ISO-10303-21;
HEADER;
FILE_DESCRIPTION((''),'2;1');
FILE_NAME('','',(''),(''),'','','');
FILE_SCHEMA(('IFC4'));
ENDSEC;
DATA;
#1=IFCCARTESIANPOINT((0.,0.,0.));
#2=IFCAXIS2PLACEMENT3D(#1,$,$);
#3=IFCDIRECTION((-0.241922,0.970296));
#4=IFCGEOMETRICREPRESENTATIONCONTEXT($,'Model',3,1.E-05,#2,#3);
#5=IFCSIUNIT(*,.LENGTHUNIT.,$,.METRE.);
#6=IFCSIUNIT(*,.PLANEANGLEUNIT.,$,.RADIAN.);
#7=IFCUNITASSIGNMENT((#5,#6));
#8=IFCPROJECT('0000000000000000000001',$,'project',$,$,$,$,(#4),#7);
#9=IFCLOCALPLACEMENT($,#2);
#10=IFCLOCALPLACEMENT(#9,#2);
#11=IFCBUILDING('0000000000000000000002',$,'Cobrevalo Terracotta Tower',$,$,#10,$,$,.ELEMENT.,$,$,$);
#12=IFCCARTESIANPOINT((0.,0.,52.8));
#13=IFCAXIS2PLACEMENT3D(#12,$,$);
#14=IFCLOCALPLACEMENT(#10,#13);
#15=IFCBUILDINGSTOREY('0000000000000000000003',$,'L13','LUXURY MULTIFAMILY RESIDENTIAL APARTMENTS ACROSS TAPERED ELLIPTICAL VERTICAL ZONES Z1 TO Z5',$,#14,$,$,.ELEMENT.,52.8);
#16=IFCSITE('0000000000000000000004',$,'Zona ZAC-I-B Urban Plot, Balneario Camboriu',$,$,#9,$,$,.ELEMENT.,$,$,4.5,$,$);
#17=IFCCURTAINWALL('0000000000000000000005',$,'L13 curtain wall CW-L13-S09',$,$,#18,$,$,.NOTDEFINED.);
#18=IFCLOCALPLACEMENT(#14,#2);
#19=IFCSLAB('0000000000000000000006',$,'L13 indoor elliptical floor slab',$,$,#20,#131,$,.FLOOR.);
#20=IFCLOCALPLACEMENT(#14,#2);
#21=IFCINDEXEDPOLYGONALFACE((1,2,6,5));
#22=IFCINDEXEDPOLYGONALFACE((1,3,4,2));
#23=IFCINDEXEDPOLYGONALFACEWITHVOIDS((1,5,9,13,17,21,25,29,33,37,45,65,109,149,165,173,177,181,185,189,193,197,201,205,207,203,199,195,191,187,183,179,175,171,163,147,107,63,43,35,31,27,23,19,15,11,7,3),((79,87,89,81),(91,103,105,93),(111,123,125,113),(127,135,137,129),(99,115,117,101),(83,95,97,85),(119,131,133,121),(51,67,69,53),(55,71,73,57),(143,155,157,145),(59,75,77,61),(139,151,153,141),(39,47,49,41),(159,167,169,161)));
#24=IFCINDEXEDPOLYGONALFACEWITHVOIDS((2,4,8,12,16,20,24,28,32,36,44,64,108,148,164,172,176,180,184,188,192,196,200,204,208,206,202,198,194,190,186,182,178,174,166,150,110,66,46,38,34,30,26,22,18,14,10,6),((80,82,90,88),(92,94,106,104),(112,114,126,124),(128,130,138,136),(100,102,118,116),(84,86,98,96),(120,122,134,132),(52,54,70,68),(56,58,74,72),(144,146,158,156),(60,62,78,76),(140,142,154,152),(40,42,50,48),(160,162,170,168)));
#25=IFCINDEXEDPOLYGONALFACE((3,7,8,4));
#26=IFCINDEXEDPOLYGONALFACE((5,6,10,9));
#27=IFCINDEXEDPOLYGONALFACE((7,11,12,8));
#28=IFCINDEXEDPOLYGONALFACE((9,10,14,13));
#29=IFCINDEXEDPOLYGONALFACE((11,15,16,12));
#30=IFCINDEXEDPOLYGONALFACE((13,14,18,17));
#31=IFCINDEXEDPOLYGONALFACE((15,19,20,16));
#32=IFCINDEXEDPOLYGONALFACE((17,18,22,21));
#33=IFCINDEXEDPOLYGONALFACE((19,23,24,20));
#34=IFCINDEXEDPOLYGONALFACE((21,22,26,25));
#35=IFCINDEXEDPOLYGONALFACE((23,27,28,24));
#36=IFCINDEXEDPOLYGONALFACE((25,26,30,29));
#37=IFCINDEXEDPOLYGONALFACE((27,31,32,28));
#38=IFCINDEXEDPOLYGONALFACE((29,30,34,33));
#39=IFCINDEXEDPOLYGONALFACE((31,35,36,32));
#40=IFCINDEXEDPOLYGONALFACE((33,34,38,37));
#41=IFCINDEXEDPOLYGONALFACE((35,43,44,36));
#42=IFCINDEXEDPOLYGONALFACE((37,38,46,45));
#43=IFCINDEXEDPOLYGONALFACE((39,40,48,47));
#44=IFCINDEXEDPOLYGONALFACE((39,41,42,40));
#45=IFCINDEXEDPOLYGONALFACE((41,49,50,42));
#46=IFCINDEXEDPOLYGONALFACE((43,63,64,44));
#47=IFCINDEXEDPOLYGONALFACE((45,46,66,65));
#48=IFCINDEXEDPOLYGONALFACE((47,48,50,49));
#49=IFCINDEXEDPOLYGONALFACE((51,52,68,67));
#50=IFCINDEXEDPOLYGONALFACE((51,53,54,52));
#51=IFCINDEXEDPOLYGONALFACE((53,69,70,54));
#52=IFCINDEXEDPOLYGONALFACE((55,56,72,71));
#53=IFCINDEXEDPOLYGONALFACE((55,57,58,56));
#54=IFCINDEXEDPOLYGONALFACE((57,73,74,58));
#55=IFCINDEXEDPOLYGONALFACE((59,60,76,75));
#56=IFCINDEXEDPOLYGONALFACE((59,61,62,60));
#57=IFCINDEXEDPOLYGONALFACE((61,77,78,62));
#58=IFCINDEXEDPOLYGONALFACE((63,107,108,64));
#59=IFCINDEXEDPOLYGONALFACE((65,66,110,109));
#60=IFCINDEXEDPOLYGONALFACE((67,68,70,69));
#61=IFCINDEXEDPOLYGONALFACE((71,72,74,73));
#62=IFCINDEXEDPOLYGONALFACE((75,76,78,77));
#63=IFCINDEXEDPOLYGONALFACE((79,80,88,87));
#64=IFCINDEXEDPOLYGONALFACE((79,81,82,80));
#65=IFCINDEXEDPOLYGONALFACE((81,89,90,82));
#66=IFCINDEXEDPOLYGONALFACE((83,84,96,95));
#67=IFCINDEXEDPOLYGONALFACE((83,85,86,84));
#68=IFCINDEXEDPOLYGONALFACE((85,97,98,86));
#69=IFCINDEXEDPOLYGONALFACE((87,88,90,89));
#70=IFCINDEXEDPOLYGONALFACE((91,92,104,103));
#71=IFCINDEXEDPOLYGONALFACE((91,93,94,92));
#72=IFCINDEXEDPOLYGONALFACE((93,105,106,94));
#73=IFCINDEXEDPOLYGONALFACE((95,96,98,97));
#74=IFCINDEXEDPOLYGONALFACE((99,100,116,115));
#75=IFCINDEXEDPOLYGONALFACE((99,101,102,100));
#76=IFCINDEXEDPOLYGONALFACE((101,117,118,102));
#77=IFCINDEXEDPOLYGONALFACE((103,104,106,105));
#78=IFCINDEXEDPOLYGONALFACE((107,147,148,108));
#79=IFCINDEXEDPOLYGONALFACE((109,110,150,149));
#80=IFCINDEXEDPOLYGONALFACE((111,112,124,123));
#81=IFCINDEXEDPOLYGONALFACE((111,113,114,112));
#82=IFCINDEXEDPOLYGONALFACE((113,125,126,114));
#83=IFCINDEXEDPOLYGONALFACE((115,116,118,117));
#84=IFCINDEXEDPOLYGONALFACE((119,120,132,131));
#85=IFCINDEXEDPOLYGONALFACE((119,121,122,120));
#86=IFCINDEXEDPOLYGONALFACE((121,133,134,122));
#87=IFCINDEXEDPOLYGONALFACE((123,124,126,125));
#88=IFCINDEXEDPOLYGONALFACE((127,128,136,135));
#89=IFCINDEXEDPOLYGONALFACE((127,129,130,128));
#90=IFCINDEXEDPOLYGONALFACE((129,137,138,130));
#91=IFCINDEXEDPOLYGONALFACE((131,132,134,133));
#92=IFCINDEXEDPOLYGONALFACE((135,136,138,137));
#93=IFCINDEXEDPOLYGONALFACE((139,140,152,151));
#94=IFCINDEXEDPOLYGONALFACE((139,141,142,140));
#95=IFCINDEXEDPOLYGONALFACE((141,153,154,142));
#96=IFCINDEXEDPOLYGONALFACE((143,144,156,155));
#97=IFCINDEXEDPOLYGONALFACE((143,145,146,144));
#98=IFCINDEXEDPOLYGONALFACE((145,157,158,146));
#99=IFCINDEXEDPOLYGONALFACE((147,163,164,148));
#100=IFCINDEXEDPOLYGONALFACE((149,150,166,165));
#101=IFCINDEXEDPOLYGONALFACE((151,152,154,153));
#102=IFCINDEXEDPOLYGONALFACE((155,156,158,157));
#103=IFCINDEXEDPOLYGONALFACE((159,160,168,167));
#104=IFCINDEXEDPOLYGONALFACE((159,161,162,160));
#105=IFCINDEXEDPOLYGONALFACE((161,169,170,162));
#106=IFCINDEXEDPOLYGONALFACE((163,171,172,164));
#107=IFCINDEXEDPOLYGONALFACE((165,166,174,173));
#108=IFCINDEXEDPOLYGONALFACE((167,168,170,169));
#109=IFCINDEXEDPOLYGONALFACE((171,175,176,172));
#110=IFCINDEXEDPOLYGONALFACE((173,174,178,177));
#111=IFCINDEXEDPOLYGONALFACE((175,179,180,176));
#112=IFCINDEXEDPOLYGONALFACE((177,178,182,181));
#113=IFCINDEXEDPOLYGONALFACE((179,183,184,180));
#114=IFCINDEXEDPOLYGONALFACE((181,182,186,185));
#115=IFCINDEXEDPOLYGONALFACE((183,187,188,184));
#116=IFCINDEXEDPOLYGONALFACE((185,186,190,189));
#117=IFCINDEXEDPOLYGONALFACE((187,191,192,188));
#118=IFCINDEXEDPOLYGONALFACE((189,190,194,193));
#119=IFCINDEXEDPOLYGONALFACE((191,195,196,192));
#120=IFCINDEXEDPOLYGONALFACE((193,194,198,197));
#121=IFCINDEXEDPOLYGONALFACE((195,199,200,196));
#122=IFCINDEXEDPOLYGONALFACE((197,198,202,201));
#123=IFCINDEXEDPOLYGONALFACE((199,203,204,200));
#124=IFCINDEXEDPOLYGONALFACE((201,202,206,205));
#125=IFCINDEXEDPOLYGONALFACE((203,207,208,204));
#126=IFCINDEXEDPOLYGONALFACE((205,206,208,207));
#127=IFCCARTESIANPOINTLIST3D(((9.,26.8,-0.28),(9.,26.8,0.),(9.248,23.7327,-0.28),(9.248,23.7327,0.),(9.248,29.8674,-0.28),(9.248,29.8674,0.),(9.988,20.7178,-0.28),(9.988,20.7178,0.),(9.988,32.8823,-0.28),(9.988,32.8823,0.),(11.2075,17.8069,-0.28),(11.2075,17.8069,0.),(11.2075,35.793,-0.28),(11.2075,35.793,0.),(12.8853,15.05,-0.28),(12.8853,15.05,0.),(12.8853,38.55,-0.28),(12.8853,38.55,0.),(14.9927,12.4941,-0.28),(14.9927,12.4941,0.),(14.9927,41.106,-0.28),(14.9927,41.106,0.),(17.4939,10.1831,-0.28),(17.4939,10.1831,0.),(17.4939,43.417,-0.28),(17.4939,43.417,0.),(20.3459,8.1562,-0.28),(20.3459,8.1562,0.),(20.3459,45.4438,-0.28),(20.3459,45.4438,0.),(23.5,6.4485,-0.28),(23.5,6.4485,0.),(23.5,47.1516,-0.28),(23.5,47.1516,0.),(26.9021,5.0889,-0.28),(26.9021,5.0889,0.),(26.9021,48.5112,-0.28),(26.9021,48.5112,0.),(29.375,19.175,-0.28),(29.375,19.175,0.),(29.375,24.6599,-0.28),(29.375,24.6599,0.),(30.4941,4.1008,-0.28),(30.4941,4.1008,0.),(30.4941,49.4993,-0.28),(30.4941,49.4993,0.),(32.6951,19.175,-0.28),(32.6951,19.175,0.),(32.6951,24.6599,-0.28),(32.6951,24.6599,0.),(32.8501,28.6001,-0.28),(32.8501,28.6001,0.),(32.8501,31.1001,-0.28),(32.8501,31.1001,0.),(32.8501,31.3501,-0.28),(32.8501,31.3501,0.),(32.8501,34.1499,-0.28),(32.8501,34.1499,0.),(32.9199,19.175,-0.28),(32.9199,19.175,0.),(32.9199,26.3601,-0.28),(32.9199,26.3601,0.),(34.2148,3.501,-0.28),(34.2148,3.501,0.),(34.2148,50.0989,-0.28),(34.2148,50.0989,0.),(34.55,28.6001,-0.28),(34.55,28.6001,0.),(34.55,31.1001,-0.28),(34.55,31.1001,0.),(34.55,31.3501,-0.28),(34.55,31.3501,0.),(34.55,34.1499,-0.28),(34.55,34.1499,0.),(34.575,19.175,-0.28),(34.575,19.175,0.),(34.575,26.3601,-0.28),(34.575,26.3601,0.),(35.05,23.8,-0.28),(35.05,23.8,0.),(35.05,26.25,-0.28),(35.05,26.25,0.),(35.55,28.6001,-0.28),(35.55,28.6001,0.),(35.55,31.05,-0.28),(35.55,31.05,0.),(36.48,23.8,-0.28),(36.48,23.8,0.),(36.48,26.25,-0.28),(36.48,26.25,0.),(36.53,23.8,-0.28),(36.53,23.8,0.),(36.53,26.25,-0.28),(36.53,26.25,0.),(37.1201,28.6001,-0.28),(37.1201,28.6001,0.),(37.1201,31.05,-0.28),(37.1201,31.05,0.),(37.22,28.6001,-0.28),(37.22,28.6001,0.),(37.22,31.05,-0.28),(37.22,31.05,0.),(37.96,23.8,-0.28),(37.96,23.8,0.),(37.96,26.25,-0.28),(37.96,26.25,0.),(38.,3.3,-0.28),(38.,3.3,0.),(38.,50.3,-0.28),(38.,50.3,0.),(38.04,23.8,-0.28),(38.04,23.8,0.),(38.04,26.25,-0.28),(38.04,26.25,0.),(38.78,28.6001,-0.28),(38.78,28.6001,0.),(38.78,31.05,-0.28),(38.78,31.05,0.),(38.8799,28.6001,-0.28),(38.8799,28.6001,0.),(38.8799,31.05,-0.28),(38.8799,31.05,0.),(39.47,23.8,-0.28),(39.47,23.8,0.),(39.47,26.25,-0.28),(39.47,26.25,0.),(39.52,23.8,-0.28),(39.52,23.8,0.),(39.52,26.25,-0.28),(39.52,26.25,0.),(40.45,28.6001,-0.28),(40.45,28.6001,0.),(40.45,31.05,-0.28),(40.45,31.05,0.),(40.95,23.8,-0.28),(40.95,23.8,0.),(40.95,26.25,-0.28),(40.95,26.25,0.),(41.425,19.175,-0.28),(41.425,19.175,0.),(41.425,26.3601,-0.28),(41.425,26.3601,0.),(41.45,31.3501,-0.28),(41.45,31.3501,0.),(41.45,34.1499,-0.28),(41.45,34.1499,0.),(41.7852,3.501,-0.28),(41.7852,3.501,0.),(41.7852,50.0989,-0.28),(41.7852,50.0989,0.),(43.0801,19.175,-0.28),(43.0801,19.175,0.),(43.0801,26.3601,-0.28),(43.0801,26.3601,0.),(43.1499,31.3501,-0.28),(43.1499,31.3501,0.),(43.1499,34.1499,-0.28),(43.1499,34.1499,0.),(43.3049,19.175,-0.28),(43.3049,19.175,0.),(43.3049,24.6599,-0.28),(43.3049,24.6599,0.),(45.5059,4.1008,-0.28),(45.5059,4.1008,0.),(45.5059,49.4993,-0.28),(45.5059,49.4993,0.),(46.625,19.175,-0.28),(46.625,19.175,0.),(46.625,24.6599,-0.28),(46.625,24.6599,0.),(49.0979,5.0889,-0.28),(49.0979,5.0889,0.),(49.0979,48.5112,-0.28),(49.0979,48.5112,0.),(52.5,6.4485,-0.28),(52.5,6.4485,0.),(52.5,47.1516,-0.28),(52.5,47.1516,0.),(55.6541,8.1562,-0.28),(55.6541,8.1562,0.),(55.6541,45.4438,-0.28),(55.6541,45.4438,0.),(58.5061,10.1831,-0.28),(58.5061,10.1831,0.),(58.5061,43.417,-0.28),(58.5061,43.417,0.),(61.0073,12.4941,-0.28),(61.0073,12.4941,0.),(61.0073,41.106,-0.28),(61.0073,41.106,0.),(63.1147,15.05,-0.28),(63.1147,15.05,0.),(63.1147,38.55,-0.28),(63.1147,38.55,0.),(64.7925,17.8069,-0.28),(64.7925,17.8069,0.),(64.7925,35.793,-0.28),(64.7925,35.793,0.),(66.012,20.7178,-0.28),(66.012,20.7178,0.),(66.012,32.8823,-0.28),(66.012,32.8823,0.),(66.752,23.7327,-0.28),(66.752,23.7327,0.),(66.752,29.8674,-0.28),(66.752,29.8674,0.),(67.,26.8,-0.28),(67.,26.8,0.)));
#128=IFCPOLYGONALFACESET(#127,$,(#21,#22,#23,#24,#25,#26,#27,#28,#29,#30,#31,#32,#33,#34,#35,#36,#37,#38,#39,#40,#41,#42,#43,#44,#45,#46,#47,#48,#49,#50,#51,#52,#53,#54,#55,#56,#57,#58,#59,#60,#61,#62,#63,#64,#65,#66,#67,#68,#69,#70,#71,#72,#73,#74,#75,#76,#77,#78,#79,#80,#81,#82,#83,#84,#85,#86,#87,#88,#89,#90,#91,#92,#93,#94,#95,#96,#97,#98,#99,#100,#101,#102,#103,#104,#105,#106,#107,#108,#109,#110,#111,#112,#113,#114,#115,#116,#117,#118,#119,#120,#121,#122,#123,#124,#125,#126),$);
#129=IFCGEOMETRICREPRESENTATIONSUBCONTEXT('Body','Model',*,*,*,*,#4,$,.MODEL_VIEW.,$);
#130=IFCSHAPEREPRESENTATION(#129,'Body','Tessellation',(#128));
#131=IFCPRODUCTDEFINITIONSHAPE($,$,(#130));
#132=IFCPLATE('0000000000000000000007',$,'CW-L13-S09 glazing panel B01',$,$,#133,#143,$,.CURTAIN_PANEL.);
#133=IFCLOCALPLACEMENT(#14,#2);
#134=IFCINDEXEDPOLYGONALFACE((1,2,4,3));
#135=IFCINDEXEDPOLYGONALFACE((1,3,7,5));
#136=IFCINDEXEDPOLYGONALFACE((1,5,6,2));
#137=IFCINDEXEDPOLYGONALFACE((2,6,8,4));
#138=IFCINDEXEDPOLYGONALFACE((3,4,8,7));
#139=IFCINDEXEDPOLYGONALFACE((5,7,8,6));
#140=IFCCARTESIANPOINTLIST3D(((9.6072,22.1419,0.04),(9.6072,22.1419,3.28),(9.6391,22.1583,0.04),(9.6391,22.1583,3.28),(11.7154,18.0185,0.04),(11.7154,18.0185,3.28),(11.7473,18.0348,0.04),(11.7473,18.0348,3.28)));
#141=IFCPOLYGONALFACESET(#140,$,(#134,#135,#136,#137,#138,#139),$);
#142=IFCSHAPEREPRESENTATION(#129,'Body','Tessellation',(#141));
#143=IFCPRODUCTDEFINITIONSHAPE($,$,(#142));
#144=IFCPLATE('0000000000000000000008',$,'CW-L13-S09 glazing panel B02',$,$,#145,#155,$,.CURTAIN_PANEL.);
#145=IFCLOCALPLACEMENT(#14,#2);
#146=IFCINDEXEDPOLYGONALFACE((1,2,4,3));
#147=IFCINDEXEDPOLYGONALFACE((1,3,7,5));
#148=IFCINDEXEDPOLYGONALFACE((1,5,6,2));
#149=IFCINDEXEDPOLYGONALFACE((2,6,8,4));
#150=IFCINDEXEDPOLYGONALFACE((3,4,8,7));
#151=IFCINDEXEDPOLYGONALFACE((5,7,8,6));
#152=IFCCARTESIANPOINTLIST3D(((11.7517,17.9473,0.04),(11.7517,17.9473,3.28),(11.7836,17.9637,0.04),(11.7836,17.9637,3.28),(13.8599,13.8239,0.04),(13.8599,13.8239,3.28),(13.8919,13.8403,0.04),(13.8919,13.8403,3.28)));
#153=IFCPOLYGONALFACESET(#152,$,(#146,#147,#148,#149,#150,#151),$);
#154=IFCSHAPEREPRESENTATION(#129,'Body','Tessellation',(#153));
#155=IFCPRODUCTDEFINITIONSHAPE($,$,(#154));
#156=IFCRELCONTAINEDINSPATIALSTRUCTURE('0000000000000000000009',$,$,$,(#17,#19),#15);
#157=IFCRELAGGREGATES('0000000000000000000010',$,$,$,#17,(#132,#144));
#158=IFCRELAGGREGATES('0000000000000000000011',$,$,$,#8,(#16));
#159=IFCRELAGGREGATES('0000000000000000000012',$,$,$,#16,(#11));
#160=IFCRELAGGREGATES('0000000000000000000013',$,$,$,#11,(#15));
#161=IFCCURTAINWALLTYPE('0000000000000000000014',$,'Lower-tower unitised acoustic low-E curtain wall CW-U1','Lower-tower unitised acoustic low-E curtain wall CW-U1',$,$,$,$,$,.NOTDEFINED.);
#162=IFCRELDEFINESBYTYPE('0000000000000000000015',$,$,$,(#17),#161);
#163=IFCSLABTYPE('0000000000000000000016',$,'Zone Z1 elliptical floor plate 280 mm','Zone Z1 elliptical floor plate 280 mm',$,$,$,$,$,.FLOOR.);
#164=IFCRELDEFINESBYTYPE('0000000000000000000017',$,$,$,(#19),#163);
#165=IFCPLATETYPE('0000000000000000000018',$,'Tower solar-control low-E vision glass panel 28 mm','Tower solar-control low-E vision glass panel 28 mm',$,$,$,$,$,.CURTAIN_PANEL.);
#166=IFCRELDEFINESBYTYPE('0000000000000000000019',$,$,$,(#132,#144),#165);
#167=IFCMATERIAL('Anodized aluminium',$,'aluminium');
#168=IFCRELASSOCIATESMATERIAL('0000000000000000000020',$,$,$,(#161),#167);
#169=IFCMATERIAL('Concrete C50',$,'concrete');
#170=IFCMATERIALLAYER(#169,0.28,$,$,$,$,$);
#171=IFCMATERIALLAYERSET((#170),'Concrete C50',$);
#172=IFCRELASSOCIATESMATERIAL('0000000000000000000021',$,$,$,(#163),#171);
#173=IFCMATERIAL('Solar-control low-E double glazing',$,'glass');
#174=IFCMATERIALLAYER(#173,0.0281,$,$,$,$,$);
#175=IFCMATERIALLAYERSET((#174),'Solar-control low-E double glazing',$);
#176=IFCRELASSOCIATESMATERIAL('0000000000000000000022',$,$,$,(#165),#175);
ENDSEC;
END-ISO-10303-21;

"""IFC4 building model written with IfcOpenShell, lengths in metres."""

from ifc_helpers import new_model, si_unit, direction, frame, origin, origin_2d, place, context, subcontext, project, spatial, polyline, rectangle, outline, extrude, source, transform, mapped, material, layer, layer_set, type_object, element, aggregate, save


model = new_model("IFC4")

# Units and contexts
model_context = context("Model", 3, precision=1e-05, world=origin(), true_north=direction((-0.241922, 0.970296)))
body_context = subcontext(model_context, "Body", "Model", "MODEL_VIEW")
ifc_project = project(units=[si_unit("LENGTHUNIT", "METRE"), si_unit("PLANEANGLEUNIT", "RADIAN")], contexts=[model_context])

# Site, building, storey
site_placement = place(None, origin())
site = spatial("IfcSite", under=ifc_project, at=site_placement, Name="Zona ZAC-I-B Urban Plot, Balneario Camboriu", CompositionType="ELEMENT", RefElevation=4.5)
building_placement = place(site_placement, origin())
building = spatial("IfcBuilding", under=site, at=building_placement, Name="Cobrevalo Terracotta Tower", CompositionType="ELEMENT")
storey_placement = place(building_placement, frame((0.0, 0.0, 52.8)))
storey = spatial("IfcBuildingStorey", under=building, at=storey_placement, Name="L13", Description="LUXURY MULTIFAMILY RESIDENTIAL APARTMENTS ACROSS TAPERED ELLIPTICAL VERTICAL ZONES Z1 TO Z5", CompositionType="ELEMENT", Elevation=52.8)

# Curtain wall
ifc_material_1 = material(Name="Anodized aluminium", Category="aluminium")
curtain_wall_type = type_object("IfcCurtainWallType", Name="Lower-tower unitised acoustic low-E curtain wall CW-U1", Description="Lower-tower unitised acoustic low-E curtain wall CW-U1", PredefinedType="NOTDEFINED", material=ifc_material_1)
curtain_wall_placement = place(storey_placement, origin())
curtain_wall = element("IfcCurtainWall", 1, at=curtain_wall_placement, inside=storey, type_object=curtain_wall_type, Name="L13 curtain wall CW-L13-S09", PredefinedType="NOTDEFINED")

# Shared definitions
ifc_material_2 = material(Name="Concrete C50", Category="concrete")

# Slab
ifc_layer_1 = layer(ifc_material_2, 0.28)
ifc_layer_set_1 = layer_set([ifc_layer_1], Name="Concrete C50")
slab_type_1 = type_object("IfcSlabType", Name="Zone Z1 elliptical floor plate 280 mm", Description="Zone Z1 elliptical floor plate 280 mm", PredefinedType="FLOOR", material=ifc_layer_set_1)
slab_1_placement = place(storey_placement, frame((0.0, 0.0, -0.28)))
element("IfcSlab", 2, at=slab_1_placement, inside=storey, type_object=slab_type_1, Name="L13 indoor elliptical floor slab", PredefinedType="FLOOR", context=body_context, shape_type="SweptSolid", body=[
    extrude(outline(polyline([(66.752, 23.7327), (66.012, 20.7178), (64.7925, 17.8069), (63.1147, 15.05), (61.0073, 12.4941), (58.5061, 10.1831), (55.6541, 8.1562), (52.5, 6.4485), (49.0979, 5.0889), (45.5059, 4.1008), (41.7852, 3.501), (38.0, 3.3), (34.2148, 3.501), (30.4941, 4.1008), (26.9021, 5.0889), (23.5, 6.4485), (20.3459, 8.1562), (17.4939, 10.1831), (14.9927, 12.4941), (12.8853, 15.05), (11.2075, 17.8069), (9.988, 20.7178), (9.248, 23.7327), (9.0, 26.8), (9.248, 29.8674), (9.988, 32.8823), (11.2075, 35.793), (12.8853, 38.55), (14.9927, 41.106), (17.4939, 43.417), (20.3459, 45.4438), (23.5, 47.1516), (26.9021, 48.5112), (30.4941, 49.4993), (34.2148, 50.0989), (38.0, 50.3), (41.7852, 50.0989), (45.5059, 49.4993), (49.0979, 48.5112), (52.5, 47.1516), (55.6541, 45.4438), (58.5061, 43.417), (61.0073, 41.106), (63.1147, 38.55), (64.7925, 35.793), (66.012, 32.8823), (66.752, 29.8674), (67.0, 26.8), (66.752, 23.7327)]), holes=[polyline([(32.6951, 19.175), (32.6951, 24.6599), (29.375, 24.6599), (29.375, 19.175), (32.6951, 19.175)]), polyline([(34.575, 19.175), (34.575, 26.3601), (32.9199, 26.3601), (32.9199, 19.175), (34.575, 19.175)]), polyline([(36.48, 23.8), (36.48, 26.25), (35.05, 26.25), (35.05, 23.8), (36.48, 23.8)]), polyline([(37.96, 23.8), (37.96, 26.25), (36.53, 26.25), (36.53, 23.8), (37.96, 23.8)]), polyline([(37.1201, 28.6001), (37.1201, 31.05), (35.55, 31.05), (35.55, 28.6001), (37.1201, 28.6001)]), polyline([(34.55, 28.6001), (34.55, 31.1001), (32.8501, 31.1001), (32.8501, 28.6001), (34.55, 28.6001)]), polyline([(34.55, 31.3501), (34.55, 34.1499), (32.8501, 34.1499), (32.8501, 31.3501), (34.55, 31.3501)]), polyline([(46.625, 19.175), (46.625, 24.6599), (43.3049, 24.6599), (43.3049, 19.175), (46.625, 19.175)]), polyline([(43.0801, 19.175), (43.0801, 26.3601), (41.425, 26.3601), (41.425, 19.175), (43.0801, 19.175)]), polyline([(39.47, 23.8), (39.47, 26.25), (38.04, 26.25), (38.04, 23.8), (39.47, 23.8)]), polyline([(40.95, 23.8), (40.95, 26.25), (39.52, 26.25), (39.52, 23.8), (40.95, 23.8)]), polyline([(38.78, 28.6001), (38.78, 31.05), (37.22, 31.05), (37.22, 28.6001), (38.78, 28.6001)]), polyline([(40.45, 28.6001), (40.45, 31.05), (38.8799, 31.05), (38.8799, 28.6001), (40.45, 28.6001)]), polyline([(43.1499, 31.3501), (43.1499, 34.1499), (41.45, 34.1499), (41.45, 31.3501), (43.1499, 31.3501)])]), origin(), (0.0, 0.0, 1.0), 0.28),
])

# Plates
ifc_material_3 = material(Name="Solar-control low-E double glazing", Category="glass")
ifc_layer_2 = layer(ifc_material_3, 0.0281)
ifc_layer_set_2 = layer_set([ifc_layer_2], Name="Solar-control low-E double glazing")
plate_type = type_object("IfcPlateType", Name="Tower solar-control low-E vision glass panel 28 mm", Description="Tower solar-control low-E vision glass panel 28 mm", PredefinedType="CURTAIN_PANEL", material=ifc_layer_set_2)
shared_shape_1 = source(origin(), body_context, "Body", "SweptSolid", [
    extrude(rectangle(XDim=4.6311, YDim=0.0359, at=origin_2d()), origin(), (0.0, 0.0, 1.0), 3.24),
])
plate_1_placement = place(storey_placement, frame((10.6772, 20.0884, 0.04), z_axis=(0.0, 0.0, 1.0), x_axis=(0.455231, -0.890373, 0.0)))
plate_1 = element("IfcPlate", 3, at=plate_1_placement, type_object=plate_type, Name="CW-L13-S09 glazing panel B01", PredefinedType="CURTAIN_PANEL", context=body_context, shape_type="MappedRepresentation", body=[
    mapped(shared_shape_1, transform((0.0, 0.0, 0.0), scale=1.0)),
])
plate_2_placement = place(storey_placement, frame((12.8218, 15.8938, 0.04), z_axis=(0.0, 0.0, 1.0), x_axis=(0.455231, -0.890373, 0.0)))
plate_2 = element("IfcPlate", 4, at=plate_2_placement, type_object=plate_type, Name="CW-L13-S09 glazing panel B02", PredefinedType="CURTAIN_PANEL", context=body_context, shape_type="MappedRepresentation", body=[
    mapped(shared_shape_1, transform((0.0, 0.0, 0.0), scale=1.0)),
])
aggregate(curtain_wall, [plate_1, plate_2])

save(model, "model.ifc")
